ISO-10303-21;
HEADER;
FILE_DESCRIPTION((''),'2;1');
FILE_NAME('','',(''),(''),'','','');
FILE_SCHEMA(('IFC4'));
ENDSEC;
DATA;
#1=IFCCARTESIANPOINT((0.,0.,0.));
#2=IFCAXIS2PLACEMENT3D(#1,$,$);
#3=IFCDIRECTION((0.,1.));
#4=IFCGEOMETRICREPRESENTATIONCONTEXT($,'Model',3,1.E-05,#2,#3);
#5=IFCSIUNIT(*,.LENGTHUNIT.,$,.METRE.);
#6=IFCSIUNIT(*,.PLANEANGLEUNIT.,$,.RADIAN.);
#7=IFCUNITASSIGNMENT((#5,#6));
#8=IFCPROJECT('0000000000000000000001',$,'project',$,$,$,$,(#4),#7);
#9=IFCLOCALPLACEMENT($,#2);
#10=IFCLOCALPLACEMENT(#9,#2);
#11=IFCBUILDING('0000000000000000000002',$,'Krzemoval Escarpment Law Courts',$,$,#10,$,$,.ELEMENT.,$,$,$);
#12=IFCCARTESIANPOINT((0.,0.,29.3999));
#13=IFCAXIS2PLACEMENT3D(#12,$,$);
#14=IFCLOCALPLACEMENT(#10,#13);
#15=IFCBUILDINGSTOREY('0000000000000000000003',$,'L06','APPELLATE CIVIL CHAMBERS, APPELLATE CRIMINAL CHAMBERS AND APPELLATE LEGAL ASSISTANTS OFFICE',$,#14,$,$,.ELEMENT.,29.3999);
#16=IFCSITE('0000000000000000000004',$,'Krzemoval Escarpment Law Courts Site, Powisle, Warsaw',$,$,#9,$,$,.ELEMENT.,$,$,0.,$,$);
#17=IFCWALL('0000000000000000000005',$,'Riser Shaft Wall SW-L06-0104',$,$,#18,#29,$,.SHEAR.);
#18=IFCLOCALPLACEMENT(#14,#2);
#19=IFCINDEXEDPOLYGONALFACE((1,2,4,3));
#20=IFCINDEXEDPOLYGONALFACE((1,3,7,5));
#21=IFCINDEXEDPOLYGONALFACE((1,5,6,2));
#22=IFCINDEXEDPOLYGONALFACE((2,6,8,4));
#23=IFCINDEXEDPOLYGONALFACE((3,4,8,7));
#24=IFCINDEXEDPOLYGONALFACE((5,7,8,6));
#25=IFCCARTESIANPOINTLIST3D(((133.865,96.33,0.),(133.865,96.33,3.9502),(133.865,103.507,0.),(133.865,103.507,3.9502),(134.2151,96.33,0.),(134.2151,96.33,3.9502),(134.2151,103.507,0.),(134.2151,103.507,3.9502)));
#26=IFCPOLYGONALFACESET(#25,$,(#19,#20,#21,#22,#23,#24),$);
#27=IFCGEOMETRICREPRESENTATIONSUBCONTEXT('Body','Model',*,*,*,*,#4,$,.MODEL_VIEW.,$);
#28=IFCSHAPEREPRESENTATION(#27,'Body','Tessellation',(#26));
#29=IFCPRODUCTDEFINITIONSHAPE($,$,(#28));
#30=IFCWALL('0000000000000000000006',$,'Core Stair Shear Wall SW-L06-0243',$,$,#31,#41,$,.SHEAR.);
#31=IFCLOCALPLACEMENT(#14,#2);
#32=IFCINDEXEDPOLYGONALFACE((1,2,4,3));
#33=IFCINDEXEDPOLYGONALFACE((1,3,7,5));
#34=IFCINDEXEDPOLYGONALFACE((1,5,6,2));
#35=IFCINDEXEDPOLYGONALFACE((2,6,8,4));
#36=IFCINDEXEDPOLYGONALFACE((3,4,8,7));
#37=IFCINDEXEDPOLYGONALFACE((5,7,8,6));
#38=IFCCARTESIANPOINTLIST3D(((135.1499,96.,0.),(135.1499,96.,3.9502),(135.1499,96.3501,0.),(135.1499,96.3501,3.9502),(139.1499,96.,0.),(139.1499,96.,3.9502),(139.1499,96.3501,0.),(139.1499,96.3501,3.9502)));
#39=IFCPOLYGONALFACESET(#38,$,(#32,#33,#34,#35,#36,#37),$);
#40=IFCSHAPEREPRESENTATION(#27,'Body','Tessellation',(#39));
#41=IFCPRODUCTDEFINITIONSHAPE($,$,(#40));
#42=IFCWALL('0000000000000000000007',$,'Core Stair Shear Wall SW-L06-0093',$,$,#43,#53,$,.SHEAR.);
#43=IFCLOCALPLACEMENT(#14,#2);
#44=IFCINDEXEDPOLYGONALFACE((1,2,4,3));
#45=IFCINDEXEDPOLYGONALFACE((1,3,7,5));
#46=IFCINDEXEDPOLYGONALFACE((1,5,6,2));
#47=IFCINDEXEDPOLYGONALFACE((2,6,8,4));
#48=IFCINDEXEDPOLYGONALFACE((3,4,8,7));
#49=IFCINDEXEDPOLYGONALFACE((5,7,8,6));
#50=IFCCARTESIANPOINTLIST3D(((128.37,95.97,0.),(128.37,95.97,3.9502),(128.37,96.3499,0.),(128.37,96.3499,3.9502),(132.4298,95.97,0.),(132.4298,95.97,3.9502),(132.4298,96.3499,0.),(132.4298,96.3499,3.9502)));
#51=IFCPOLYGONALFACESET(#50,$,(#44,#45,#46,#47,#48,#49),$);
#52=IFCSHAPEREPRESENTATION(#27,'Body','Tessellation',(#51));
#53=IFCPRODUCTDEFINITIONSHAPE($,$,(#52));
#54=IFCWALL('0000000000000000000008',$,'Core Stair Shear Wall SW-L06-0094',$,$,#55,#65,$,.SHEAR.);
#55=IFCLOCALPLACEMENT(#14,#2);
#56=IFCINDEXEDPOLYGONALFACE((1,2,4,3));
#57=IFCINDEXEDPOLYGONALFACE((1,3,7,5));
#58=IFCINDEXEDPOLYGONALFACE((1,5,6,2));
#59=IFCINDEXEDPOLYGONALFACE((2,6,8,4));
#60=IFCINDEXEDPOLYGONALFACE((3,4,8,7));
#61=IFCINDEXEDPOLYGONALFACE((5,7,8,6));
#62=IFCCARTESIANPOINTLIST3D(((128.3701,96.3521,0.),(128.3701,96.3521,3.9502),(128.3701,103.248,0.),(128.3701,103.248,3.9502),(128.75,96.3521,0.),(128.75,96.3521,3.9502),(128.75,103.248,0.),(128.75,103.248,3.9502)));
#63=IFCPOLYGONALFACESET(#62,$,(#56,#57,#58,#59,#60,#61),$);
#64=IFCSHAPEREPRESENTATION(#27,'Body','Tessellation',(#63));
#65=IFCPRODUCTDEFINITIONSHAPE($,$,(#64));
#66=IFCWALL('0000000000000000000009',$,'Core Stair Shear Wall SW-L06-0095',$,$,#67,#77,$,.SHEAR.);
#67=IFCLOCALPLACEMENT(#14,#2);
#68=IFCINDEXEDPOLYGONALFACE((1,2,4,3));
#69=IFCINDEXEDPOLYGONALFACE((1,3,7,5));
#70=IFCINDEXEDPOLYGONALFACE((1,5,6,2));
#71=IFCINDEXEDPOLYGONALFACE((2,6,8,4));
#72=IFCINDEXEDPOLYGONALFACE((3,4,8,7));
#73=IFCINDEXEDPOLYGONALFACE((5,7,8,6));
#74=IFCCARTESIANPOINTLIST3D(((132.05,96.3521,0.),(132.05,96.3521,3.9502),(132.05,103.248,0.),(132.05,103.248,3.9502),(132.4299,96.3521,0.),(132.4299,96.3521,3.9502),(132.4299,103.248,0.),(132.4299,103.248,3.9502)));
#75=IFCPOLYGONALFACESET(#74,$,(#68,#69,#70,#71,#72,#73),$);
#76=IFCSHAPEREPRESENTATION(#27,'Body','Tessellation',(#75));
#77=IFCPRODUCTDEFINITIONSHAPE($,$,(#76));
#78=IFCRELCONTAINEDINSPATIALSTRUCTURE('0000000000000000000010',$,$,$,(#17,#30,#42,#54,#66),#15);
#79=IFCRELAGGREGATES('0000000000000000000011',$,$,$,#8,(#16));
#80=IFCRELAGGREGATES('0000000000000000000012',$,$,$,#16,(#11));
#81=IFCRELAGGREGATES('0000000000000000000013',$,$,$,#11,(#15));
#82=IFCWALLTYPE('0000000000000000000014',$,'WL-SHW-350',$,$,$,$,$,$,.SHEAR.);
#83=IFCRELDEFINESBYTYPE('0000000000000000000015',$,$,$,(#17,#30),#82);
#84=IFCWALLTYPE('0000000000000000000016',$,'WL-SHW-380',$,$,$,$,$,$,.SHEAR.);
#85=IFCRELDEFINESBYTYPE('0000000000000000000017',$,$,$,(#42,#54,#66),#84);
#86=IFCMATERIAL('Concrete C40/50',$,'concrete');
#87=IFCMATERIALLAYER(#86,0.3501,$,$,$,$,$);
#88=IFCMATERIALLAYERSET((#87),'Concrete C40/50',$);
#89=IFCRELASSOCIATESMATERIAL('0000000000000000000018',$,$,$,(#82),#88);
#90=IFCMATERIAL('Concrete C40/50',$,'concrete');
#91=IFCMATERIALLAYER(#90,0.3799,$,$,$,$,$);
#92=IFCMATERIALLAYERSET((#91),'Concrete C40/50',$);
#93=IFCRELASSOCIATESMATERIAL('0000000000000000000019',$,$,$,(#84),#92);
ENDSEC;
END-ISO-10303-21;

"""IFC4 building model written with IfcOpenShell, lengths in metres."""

from ifc_helpers import new_model, si_unit, direction, frame, frame_2d, origin, place, context, subcontext, project, spatial, rectangle, extrude, material, layer, layer_set, type_object, element, save


model = new_model("IFC4")

# Units and contexts
model_context = context("Model", 3, precision=1e-05, world=origin(), true_north=direction((0.0, 1.0)))
body_context = subcontext(model_context, "Body", "Model", "MODEL_VIEW")
ifc_project = project(units=[si_unit("LENGTHUNIT", "METRE"), si_unit("PLANEANGLEUNIT", "RADIAN")], contexts=[model_context])

# Site, building, storey
site_placement = place(None, origin())
site = spatial("IfcSite", under=ifc_project, at=site_placement, Name="Krzemoval Escarpment Law Courts Site, Powisle, Warsaw", CompositionType="ELEMENT", RefElevation=0.0)
building_placement = place(site_placement, origin())
building = spatial("IfcBuilding", under=site, at=building_placement, Name="Krzemoval Escarpment Law Courts", CompositionType="ELEMENT")
storey_placement = place(building_placement, frame((0.0, 0.0, 29.3999)))
storey = spatial("IfcBuildingStorey", under=building, at=storey_placement, Name="L06", Description="APPELLATE CIVIL CHAMBERS, APPELLATE CRIMINAL CHAMBERS AND APPELLATE LEGAL ASSISTANTS OFFICE", CompositionType="ELEMENT", Elevation=29.3999)

# Walls
ifc_material_1 = material(Name="Concrete C40/50", Category="concrete")
ifc_layer_1 = layer(ifc_material_1, 0.3501)
ifc_layer_set_1 = layer_set([ifc_layer_1], Name="Concrete C40/50")
wall_type_1 = type_object("IfcWallType", Name="WL-SHW-350", PredefinedType="SHEAR", material=ifc_layer_set_1)
wall_1_placement = place(storey_placement, frame((134.04, 96.3301, 0.0), z_axis=(0.0, 0.0, 1.0), x_axis=(0.0, 1.0, 0.0)))
element("IfcWall", 1, at=wall_1_placement, inside=storey, type_object=wall_type_1, Name="Riser Shaft Wall SW-L06-0104", PredefinedType="SHEAR", context=body_context, shape_type="SweptSolid", body=[
    extrude(rectangle(XDim=7.177, YDim=0.3501, at=frame_2d((3.5884, 0.0))), origin(), (0.0, 0.0, 1.0), 3.9502),
])
wall_2_placement = place(storey_placement, frame((135.1499, 96.175, 0.0), z_axis=(0.0, 0.0, 1.0), x_axis=(1.0, 0.0, 0.0)))
element("IfcWall", 2, at=wall_2_placement, inside=storey, type_object=wall_type_1, Name="Core Stair Shear Wall SW-L06-0243", PredefinedType="SHEAR", context=body_context, shape_type="SweptSolid", body=[
    extrude(rectangle(XDim=4.0, YDim=0.3501, at=frame_2d((2.0, 0.0))), origin(), (0.0, 0.0, 1.0), 3.9502),
])
ifc_material_2 = material(Name="Concrete C40/50", Category="concrete")
ifc_layer_2 = layer(ifc_material_2, 0.3799)
ifc_layer_set_2 = layer_set([ifc_layer_2], Name="Concrete C40/50")
wall_type_2 = type_object("IfcWallType", Name="WL-SHW-380", PredefinedType="SHEAR", material=ifc_layer_set_2)
wall_3_placement = place(storey_placement, frame((128.3701, 96.1599, 0.0), z_axis=(0.0, 0.0, 1.0), x_axis=(1.0, 0.0, 0.0)))
element("IfcWall", 3, at=wall_3_placement, inside=storey, type_object=wall_type_2, Name="Core Stair Shear Wall SW-L06-0093", PredefinedType="SHEAR", context=body_context, shape_type="SweptSolid", body=[
    extrude(rectangle(XDim=4.0598, YDim=0.3799, at=frame_2d((2.0298, 0.0))), origin(), (0.0, 0.0, 1.0), 3.9502),
])
for number, where, z_axis, x_axis, name in (
    (4, (128.5601, 96.3521, 0.0), (0.0, 0.0, 1.0), (0.0, 1.0, 0.0), "Core Stair Shear Wall SW-L06-0094"),
    (5, (132.24, 96.3521, 0.0), (0.0, 0.0, 1.0), (0.0, 1.0, 0.0), "Core Stair Shear Wall SW-L06-0095"),
):
    element("IfcWall", number, at=place(storey_placement, frame(where, z_axis=z_axis, x_axis=x_axis)), inside=storey, type_object=wall_type_2, Name=name, PredefinedType="SHEAR", context=body_context, shape_type="SweptSolid", body=[
        extrude(rectangle(XDim=6.896, YDim=0.3799, at=frame_2d((3.448, 0.0))), origin(), (0.0, 0.0, 1.0), 3.9502),
    ])

save(model, "model.ifc")
